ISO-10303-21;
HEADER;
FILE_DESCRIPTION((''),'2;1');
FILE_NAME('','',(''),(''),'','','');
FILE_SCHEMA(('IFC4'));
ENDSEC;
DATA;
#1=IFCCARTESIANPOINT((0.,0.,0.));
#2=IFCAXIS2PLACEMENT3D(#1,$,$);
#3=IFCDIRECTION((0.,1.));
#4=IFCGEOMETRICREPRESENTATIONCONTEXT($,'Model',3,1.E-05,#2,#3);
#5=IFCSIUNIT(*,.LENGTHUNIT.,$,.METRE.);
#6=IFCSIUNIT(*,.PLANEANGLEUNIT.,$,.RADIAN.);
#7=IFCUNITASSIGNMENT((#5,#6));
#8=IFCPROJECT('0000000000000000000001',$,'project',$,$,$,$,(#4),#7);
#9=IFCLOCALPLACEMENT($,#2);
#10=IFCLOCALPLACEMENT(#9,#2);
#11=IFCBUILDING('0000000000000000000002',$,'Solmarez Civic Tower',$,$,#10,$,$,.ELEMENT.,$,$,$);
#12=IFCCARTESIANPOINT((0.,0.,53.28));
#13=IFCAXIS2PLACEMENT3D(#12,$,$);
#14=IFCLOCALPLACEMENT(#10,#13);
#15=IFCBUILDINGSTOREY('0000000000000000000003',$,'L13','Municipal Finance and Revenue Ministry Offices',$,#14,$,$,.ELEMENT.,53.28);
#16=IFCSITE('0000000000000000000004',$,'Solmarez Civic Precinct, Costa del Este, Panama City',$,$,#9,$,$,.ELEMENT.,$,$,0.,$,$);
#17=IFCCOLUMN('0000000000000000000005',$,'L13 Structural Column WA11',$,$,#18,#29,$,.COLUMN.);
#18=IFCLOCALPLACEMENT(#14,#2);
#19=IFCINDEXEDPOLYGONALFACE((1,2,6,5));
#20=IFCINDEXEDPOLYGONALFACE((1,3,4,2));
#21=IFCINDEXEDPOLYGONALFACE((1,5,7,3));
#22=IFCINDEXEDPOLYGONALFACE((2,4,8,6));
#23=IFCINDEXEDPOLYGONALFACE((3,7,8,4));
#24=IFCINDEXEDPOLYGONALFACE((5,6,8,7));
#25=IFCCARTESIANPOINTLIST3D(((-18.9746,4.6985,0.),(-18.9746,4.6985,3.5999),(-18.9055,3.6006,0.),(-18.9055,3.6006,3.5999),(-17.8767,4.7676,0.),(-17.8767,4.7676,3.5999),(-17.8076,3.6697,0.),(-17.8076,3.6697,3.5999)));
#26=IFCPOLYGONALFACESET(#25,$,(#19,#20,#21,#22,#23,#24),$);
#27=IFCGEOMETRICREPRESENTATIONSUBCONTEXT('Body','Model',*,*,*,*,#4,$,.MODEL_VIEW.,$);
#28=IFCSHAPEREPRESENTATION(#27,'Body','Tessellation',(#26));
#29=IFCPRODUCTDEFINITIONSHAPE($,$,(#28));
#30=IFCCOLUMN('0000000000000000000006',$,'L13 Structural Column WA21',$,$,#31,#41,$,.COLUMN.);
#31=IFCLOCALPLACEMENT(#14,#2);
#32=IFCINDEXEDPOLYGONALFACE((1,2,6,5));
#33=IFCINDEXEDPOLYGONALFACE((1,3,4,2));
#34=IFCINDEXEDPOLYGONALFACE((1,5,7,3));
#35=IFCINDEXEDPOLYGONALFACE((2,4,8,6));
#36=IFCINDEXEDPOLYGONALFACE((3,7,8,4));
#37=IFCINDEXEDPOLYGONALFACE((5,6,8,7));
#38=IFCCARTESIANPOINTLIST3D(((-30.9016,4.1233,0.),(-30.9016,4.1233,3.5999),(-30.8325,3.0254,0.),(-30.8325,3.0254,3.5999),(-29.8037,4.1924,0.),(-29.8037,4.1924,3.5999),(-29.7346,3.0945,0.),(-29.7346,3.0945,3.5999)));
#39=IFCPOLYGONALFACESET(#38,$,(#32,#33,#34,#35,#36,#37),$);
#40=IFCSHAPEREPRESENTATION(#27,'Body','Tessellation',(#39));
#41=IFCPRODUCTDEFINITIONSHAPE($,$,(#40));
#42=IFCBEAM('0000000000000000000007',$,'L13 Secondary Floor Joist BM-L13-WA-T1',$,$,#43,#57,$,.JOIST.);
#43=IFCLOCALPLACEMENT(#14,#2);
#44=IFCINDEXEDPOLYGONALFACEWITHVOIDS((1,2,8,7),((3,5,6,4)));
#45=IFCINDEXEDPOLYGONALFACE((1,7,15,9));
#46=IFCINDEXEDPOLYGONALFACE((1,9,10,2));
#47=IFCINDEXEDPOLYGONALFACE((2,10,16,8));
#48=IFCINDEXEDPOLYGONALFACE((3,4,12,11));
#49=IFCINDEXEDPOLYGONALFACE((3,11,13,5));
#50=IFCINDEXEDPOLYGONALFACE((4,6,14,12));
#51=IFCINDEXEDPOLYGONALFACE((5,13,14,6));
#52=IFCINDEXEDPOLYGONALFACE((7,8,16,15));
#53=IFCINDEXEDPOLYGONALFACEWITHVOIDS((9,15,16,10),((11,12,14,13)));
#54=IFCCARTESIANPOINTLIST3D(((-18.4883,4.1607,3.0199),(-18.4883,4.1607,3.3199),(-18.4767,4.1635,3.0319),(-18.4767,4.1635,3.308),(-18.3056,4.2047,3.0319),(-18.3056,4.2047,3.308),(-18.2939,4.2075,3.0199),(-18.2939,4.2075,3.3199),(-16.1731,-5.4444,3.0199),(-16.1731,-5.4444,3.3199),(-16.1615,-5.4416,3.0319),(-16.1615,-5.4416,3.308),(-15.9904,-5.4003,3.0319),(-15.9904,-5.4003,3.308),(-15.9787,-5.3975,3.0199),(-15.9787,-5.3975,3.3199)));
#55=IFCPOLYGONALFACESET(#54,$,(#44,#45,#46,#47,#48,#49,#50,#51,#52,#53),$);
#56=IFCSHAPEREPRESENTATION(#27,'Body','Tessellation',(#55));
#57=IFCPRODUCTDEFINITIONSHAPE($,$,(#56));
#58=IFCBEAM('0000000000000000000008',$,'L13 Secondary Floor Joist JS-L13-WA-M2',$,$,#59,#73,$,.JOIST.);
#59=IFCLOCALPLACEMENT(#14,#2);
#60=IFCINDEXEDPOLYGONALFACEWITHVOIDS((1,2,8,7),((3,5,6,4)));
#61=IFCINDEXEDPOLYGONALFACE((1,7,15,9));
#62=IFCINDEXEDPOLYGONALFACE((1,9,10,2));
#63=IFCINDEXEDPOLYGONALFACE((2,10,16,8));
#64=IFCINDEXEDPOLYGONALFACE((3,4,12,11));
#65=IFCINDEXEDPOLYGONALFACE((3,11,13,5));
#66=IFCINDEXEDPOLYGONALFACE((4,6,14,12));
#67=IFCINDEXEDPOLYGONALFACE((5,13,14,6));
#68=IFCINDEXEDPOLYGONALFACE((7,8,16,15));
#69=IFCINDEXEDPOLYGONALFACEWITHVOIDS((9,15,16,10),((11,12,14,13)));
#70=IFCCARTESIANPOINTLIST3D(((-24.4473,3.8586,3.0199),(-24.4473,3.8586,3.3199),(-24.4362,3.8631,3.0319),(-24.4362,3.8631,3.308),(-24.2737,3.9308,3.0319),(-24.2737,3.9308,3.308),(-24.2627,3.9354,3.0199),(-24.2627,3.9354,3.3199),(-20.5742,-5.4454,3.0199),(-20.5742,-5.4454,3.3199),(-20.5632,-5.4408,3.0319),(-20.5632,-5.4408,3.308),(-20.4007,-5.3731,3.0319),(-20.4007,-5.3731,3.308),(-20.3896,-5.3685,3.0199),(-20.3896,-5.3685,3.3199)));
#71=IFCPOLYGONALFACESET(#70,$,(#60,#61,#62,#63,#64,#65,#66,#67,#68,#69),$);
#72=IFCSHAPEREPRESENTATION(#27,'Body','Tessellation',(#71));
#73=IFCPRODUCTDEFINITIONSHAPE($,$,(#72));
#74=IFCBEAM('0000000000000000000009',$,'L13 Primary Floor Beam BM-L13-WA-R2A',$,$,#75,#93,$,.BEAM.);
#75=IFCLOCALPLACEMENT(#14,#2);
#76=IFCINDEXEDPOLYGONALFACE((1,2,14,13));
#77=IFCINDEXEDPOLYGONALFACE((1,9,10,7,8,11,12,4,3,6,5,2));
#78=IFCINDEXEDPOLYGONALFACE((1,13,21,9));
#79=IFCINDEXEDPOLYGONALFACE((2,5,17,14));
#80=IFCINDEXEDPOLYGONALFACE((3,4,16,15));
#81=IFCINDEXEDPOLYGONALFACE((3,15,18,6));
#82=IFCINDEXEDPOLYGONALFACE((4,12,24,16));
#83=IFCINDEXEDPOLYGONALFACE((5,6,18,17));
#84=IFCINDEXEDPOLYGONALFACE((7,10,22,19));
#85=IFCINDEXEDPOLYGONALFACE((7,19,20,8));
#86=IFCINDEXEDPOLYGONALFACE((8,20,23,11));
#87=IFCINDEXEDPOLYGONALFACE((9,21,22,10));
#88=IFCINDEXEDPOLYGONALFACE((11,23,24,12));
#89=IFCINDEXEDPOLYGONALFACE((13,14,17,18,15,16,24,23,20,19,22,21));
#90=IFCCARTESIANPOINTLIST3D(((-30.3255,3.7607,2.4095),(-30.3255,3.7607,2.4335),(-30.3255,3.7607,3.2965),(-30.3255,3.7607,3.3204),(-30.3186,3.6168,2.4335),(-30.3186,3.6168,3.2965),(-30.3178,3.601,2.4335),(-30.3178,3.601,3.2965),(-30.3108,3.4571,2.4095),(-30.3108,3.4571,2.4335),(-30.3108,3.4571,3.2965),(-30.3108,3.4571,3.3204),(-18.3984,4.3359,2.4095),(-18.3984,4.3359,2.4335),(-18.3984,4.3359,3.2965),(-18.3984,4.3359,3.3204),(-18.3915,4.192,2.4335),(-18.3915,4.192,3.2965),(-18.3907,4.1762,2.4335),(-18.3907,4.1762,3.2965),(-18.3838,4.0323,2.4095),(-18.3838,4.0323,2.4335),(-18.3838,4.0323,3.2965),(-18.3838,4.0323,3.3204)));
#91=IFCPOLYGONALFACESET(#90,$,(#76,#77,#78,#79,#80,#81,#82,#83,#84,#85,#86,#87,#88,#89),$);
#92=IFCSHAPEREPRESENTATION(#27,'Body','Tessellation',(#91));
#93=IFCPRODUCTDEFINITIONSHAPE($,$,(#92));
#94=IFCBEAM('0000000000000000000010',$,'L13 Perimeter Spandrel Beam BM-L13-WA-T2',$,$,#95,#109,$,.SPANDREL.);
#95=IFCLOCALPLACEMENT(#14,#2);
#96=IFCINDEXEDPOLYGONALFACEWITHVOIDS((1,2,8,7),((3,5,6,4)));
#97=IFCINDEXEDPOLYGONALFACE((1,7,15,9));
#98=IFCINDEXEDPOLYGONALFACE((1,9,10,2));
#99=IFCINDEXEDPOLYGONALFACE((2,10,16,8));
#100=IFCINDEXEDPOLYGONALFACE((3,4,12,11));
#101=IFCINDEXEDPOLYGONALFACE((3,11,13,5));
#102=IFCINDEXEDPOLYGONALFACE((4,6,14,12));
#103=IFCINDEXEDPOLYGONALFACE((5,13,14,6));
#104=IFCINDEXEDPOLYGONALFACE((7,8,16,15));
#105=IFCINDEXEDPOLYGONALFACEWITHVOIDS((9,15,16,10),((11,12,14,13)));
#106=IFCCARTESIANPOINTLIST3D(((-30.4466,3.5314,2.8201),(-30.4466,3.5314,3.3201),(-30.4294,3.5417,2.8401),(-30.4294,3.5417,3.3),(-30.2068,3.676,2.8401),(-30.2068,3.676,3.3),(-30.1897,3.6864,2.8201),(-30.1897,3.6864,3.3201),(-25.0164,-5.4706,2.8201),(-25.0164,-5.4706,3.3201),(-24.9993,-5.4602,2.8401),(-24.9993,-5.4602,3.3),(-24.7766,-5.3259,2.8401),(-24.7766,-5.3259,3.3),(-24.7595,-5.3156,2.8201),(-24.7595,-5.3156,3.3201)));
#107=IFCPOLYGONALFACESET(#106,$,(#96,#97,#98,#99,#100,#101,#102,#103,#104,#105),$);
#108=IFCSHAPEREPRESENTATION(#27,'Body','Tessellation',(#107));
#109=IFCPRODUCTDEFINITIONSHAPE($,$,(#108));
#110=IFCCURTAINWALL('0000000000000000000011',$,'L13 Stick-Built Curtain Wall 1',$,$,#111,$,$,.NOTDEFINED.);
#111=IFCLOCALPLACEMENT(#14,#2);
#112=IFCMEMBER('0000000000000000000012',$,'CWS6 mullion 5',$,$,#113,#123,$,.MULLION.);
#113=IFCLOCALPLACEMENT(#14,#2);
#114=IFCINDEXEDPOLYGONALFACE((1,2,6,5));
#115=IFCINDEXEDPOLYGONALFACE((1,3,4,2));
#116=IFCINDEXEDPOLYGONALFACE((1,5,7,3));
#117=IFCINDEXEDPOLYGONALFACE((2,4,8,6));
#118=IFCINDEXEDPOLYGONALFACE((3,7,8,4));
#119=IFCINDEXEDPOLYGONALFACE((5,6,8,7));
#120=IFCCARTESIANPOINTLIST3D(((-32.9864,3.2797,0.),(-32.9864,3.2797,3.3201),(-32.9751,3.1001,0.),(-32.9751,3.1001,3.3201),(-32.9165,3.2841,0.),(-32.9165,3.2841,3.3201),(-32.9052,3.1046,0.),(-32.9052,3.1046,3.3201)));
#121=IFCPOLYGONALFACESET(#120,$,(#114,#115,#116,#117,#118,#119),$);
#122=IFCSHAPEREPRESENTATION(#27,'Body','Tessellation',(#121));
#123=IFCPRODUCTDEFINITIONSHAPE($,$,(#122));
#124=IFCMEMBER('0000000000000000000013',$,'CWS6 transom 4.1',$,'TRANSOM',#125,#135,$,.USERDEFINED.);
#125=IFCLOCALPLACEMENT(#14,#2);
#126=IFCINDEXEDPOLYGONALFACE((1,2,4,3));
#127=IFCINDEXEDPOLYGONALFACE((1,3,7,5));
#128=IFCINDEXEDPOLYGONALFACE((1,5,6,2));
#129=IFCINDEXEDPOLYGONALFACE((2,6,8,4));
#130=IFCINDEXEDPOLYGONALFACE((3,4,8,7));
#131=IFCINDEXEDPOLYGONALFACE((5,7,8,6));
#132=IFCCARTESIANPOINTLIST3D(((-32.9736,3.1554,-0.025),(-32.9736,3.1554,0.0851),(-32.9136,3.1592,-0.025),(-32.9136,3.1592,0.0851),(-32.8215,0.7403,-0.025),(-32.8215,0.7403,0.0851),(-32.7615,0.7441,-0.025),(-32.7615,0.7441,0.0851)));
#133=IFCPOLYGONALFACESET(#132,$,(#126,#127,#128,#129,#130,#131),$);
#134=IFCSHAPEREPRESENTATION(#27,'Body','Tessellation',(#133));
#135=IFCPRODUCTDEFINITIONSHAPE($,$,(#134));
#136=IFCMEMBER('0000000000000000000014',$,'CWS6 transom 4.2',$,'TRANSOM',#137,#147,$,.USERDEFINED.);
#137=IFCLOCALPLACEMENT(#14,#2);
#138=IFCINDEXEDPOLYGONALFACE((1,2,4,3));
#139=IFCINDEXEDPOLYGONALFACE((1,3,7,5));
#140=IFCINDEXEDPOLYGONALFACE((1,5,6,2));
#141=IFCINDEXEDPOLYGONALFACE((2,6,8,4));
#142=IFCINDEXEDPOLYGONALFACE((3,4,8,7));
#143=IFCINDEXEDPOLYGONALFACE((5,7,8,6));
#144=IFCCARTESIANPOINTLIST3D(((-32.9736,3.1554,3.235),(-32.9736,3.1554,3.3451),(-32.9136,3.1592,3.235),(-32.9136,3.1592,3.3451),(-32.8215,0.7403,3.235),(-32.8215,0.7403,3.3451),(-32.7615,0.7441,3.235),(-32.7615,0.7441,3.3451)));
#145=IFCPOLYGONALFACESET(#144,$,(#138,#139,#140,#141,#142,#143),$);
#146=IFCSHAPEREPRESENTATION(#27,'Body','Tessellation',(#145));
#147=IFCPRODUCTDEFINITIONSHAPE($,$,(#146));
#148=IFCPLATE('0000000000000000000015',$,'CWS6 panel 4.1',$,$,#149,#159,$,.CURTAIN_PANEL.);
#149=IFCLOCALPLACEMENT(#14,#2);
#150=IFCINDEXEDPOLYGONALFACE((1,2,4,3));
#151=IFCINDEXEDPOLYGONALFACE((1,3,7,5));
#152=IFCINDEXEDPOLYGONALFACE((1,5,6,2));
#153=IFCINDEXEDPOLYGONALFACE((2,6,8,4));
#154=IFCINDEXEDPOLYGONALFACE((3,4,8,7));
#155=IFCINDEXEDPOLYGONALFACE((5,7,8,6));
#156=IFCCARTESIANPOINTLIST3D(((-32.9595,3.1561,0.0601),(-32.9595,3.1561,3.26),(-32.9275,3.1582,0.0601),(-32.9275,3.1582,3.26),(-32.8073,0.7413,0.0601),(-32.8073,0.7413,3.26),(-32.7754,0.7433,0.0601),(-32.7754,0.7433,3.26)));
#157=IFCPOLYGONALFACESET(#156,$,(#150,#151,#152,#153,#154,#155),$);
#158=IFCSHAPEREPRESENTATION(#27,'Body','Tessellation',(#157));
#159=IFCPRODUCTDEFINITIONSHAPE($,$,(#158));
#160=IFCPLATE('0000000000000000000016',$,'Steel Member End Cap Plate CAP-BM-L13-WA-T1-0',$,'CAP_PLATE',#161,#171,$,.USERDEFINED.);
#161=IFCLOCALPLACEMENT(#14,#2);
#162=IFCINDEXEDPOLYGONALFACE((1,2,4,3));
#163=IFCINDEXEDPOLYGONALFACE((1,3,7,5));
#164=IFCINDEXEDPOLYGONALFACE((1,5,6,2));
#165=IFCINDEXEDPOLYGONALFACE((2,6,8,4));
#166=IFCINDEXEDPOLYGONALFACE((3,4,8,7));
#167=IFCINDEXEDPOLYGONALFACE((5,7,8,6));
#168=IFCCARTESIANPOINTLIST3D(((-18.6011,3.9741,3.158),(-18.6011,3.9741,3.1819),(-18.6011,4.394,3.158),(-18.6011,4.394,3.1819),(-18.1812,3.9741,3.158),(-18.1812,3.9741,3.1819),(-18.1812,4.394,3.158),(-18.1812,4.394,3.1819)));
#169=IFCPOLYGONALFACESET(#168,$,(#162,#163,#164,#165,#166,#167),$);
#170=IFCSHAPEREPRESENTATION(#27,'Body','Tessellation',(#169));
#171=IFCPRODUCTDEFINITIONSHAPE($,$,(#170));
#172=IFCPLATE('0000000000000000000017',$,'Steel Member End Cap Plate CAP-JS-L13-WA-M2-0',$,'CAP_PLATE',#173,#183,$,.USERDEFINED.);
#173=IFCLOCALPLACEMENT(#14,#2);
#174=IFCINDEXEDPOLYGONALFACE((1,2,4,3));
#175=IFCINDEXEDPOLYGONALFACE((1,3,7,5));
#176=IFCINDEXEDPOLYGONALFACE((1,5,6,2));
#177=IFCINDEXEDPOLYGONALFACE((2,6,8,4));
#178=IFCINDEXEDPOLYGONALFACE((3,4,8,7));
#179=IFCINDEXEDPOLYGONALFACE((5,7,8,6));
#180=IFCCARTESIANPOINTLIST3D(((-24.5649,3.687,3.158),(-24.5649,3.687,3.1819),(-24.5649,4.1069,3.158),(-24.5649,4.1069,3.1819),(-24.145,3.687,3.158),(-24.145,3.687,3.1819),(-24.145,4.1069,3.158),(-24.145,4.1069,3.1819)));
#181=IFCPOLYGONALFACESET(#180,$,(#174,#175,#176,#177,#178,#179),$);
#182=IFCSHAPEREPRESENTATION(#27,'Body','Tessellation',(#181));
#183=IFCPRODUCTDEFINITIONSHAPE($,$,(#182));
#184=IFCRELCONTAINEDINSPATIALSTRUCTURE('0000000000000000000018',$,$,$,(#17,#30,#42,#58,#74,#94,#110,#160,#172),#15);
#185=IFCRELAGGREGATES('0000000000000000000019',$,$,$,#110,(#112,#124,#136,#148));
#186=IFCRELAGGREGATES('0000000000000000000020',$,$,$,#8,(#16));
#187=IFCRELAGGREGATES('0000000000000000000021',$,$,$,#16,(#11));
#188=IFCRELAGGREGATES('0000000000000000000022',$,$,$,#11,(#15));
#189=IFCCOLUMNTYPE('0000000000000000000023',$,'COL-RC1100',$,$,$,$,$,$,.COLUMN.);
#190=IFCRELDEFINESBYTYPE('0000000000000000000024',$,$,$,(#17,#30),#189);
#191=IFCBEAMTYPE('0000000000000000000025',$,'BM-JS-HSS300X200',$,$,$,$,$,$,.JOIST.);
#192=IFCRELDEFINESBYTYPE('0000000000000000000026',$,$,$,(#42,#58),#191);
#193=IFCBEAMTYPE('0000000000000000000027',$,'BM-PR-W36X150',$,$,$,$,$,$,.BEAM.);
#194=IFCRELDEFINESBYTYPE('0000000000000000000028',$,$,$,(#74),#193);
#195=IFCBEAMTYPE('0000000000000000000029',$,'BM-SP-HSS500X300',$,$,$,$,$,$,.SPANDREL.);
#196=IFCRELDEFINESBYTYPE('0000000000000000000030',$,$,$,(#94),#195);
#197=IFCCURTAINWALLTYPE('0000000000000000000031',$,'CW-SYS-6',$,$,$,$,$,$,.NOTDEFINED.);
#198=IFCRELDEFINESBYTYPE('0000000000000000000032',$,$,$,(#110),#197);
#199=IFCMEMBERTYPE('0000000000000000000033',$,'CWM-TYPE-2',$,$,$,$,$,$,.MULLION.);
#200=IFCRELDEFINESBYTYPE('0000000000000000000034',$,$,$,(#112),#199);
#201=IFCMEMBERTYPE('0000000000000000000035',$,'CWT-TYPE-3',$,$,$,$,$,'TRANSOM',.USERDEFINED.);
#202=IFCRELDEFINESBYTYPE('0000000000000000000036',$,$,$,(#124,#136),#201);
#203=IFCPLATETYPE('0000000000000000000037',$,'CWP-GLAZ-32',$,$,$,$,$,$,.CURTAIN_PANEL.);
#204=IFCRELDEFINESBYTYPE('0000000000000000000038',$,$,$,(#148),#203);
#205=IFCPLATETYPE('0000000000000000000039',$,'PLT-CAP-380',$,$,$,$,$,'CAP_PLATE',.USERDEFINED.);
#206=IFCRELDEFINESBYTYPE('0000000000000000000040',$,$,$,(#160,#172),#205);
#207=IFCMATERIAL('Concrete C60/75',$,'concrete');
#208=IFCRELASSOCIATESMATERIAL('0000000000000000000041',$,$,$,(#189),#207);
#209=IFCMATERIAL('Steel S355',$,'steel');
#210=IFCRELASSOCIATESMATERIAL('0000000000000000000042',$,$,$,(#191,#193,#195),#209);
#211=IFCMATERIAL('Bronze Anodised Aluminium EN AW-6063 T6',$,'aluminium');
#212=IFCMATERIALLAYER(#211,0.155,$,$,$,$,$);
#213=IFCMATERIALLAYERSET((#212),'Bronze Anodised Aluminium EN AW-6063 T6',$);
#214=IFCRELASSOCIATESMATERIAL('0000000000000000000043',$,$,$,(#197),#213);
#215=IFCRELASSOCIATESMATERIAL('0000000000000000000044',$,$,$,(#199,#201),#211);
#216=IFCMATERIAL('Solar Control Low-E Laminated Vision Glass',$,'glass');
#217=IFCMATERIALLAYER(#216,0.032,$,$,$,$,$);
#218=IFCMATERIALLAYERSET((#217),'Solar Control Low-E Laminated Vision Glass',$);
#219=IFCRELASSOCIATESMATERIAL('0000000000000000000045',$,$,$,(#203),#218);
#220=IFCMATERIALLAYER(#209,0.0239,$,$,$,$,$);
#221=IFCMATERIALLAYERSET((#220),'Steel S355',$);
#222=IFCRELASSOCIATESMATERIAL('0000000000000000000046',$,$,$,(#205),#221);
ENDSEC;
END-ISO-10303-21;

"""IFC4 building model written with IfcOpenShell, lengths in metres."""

from ifc_helpers import new_model, si_unit, direction, frame, origin, origin_2d, place, context, subcontext, project, spatial, rectangle, hollow_rectangle, i_section, extrude, material, layer, layer_set, material_profile, profile_set, type_object, element, aggregate, save


model = new_model("IFC4")

# Units and contexts
model_context = context("Model", 3, precision=1e-05, world=origin(), true_north=direction((0.0, 1.0)))
body_context = subcontext(model_context, "Body", "Model", "MODEL_VIEW")
ifc_project = project(units=[si_unit("LENGTHUNIT", "METRE"), si_unit("PLANEANGLEUNIT", "RADIAN")], contexts=[model_context])

# Site, building, storey
site_placement = place(None, origin())
site = spatial("IfcSite", under=ifc_project, at=site_placement, Name="Solmarez Civic Precinct, Costa del Este, Panama City", CompositionType="ELEMENT", RefElevation=0.0)
building_placement = place(site_placement, origin())
building = spatial("IfcBuilding", under=site, at=building_placement, Name="Solmarez Civic Tower", CompositionType="ELEMENT")
storey_placement = place(building_placement, frame((0.0, 0.0, 53.28)))
storey = spatial("IfcBuildingStorey", under=building, at=storey_placement, Name="L13", Description="Municipal Finance and Revenue Ministry Offices", CompositionType="ELEMENT", Elevation=53.28)

# Columns
ifc_material_1 = material(Name="Concrete C60/75", Category="concrete")
ifc_material_profile_1 = material_profile(ifc_material_1, rectangle(XDim=1.1001, YDim=1.1001, at=origin_2d()), Name="RC1100X1100")
ifc_profile_set_1 = profile_set([ifc_material_profile_1], Name="Concrete C60/75")
column_type = type_object("IfcColumnType", Name="COL-RC1100", PredefinedType="COLUMN", material=ifc_profile_set_1)
for number, where, z_axis, x_axis, name in (
    (1, (-18.3911, 4.1841, 0.0), (0.0, 0.0, 1.0), (0.998027, 0.062791, 0.0), "L13 Structural Column WA11"),
    (2, (-30.3181, 3.6089, 0.0), (0.0, 0.0, 1.0), (0.998027, 0.062791, 0.0), "L13 Structural Column WA21"),
):
    element("IfcColumn", number, at=place(storey_placement, frame(where, z_axis=z_axis, x_axis=x_axis)), inside=storey, type_object=column_type, Name=name, PredefinedType="COLUMN", context=body_context, shape_type="SweptSolid", body=[
        extrude(rectangle(XDim=1.1001, YDim=1.1001, at=origin_2d()), origin(), (0.0, 0.0, 1.0), 3.5999),
    ])

# Beams
ifc_material_2 = material(Name="Steel S355", Category="steel")
ifc_material_profile_2 = material_profile(ifc_material_2, hollow_rectangle(XDim=0.2, YDim=0.3, WallThickness=0.012, at=origin_2d()), Name="HSS300X200X12")
ifc_profile_set_2 = profile_set([ifc_material_profile_2], Name="Steel S355")
beam_type_1 = type_object("IfcBeamType", Name="BM-JS-HSS300X200", PredefinedType="JOIST", material=ifc_profile_set_2)
beam_1_placement = place(storey_placement, frame((-18.3911, 4.1841, 3.1699), z_axis=(0.234329, -0.972157, 0.0), x_axis=(0.972157, 0.234329, 0.0)))
element("IfcBeam", 3, at=beam_1_placement, inside=storey, type_object=beam_type_1, Name="L13 Secondary Floor Joist BM-L13-WA-T1", PredefinedType="JOIST", context=body_context, shape_type="SweptSolid", body=[
    extrude(hollow_rectangle(XDim=0.2, YDim=0.3, WallThickness=0.012, at=origin_2d()), origin(), (0.0, 0.0, 1.0), 9.8801),
])
beam_2_placement = place(storey_placement, frame((-24.355, 3.897, 3.1699), z_axis=(0.384311, -0.923204, 0.0), x_axis=(0.923204, 0.384311, 0.0)))
element("IfcBeam", 4, at=beam_2_placement, inside=storey, type_object=beam_type_1, Name="L13 Secondary Floor Joist JS-L13-WA-M2", PredefinedType="JOIST", context=body_context, shape_type="SweptSolid", body=[
    extrude(hollow_rectangle(XDim=0.2, YDim=0.3, WallThickness=0.012, at=origin_2d()), origin(), (0.0, 0.0, 1.0), 10.0779),
])
ifc_material_profile_3 = material_profile(ifc_material_2, i_section(OverallWidth=0.304, OverallDepth=0.9109, WebThickness=0.0159, FlangeThickness=0.0239, at=origin_2d()), Name="W36X150")
ifc_profile_set_3 = profile_set([ifc_material_profile_3], Name="Steel S355")
beam_type_2 = type_object("IfcBeamType", Name="BM-PR-W36X150", PredefinedType="BEAM", material=ifc_profile_set_3)
beam_3_placement = place(storey_placement, frame((-18.3911, 4.1841, 2.865), z_axis=(-0.998839, -0.04817, 0.0), x_axis=(0.04817, -0.998839, 0.0)))
element("IfcBeam", 5, at=beam_3_placement, inside=storey, type_object=beam_type_2, Name="L13 Primary Floor Beam BM-L13-WA-R2A", PredefinedType="BEAM", context=body_context, shape_type="SweptSolid", body=[
    extrude(i_section(OverallWidth=0.304, OverallDepth=0.9109, WebThickness=0.0159, FlangeThickness=0.0239, at=origin_2d()), origin(), (0.0, 0.0, 1.0), 11.9409),
])
ifc_material_profile_4 = material_profile(ifc_material_2, hollow_rectangle(XDim=0.3, YDim=0.5, WallThickness=0.02, at=origin_2d()), Name="HSS500X300X20")
ifc_profile_set_4 = profile_set([ifc_material_profile_4], Name="Steel S355")
beam_type_3 = type_object("IfcBeamType", Name="BM-SP-HSS500X300", PredefinedType="SPANDREL", material=ifc_profile_set_4)
beam_4_placement = place(storey_placement, frame((-30.3181, 3.6089, 3.0701), z_axis=(0.516523, -0.856273, 0.0), x_axis=(0.856273, 0.516523, 0.0)))
element("IfcBeam", 6, at=beam_4_placement, inside=storey, type_object=beam_type_3, Name="L13 Perimeter Spandrel Beam BM-L13-WA-T2", PredefinedType="SPANDREL", context=body_context, shape_type="SweptSolid", body=[
    extrude(hollow_rectangle(XDim=0.3, YDim=0.5, WallThickness=0.02, at=origin_2d()), origin(), (0.0, 0.0, 1.0), 10.5129),
])

# Curtain wall, members, plate
ifc_material_3 = material(Name="Bronze Anodised Aluminium EN AW-6063 T6", Category="aluminium")
ifc_layer_1 = layer(ifc_material_3, 0.155)
ifc_layer_set_1 = layer_set([ifc_layer_1], Name="Bronze Anodised Aluminium EN AW-6063 T6")
curtain_wall_type = type_object("IfcCurtainWallType", Name="CW-SYS-6", PredefinedType="NOTDEFINED", material=ifc_layer_set_1)
curtain_wall_placement = place(storey_placement, origin())
curtain_wall = element("IfcCurtainWall", 7, at=curtain_wall_placement, inside=storey, type_object=curtain_wall_type, Name="L13 Stick-Built Curtain Wall 1", PredefinedType="NOTDEFINED")
ifc_material_profile_5 = material_profile(ifc_material_3, rectangle(XDim=0.0701, YDim=0.1799, at=origin_2d()), Name="CWM-70X180")
ifc_profile_set_5 = profile_set([ifc_material_profile_5], Name="Bronze Anodised Aluminium EN AW-6063 T6")
member_type_1 = type_object("IfcMemberType", Name="CWM-TYPE-2", PredefinedType="MULLION", material=ifc_profile_set_5)
member_1_placement = place(storey_placement, frame((-32.9458, 3.1921, 0.0), z_axis=(0.0, 0.0, 1.0), x_axis=(-0.998021, -0.062878, 0.0)))
member_1 = element("IfcMember", 8, at=member_1_placement, type_object=member_type_1, Name="CWS6 mullion 5", PredefinedType="MULLION", context=body_context, shape_type="SweptSolid", body=[
    extrude(rectangle(XDim=0.0701, YDim=0.1799, at=origin_2d()), origin(), (0.0, 0.0, 1.0), 3.3201),
])
ifc_material_profile_6 = material_profile(ifc_material_3, rectangle(XDim=0.0601, YDim=0.1101, at=origin_2d()), Name="CWT-60X110")
ifc_profile_set_6 = profile_set([ifc_material_profile_6], Name="Bronze Anodised Aluminium EN AW-6063 T6")
member_type_2 = type_object("IfcMemberType", Name="CWT-TYPE-3", ElementType="TRANSOM", PredefinedType="USERDEFINED", material=ifc_profile_set_6)
member_2_placement = place(storey_placement, frame((-32.7915, 0.7422, 0.03), z_axis=(-0.062856, 0.998023, 0.0), x_axis=(-0.998023, -0.062856, 0.0)))
member_2 = element("IfcMember", 9, at=member_2_placement, type_object=member_type_2, Name="CWS6 transom 4.1", ObjectType="TRANSOM", PredefinedType="USERDEFINED", context=body_context, shape_type="SweptSolid", body=[
    extrude(rectangle(XDim=0.0601, YDim=0.1101, at=origin_2d()), origin(), (0.0, 0.0, 1.0), 2.4199),
])
member_3_placement = place(storey_placement, frame((-32.7915, 0.7422, 3.29), z_axis=(-0.062856, 0.998023, 0.0), x_axis=(-0.998023, -0.062856, 0.0)))
member_3 = element("IfcMember", 10, at=member_3_placement, type_object=member_type_2, Name="CWS6 transom 4.2", ObjectType="TRANSOM", PredefinedType="USERDEFINED", context=body_context, shape_type="SweptSolid", body=[
    extrude(rectangle(XDim=0.0601, YDim=0.1101, at=origin_2d()), origin(), (0.0, 0.0, 1.0), 2.4199),
])
ifc_material_4 = material(Name="Solar Control Low-E Laminated Vision Glass", Category="glass")
ifc_layer_2 = layer(ifc_material_4, 0.032)
ifc_layer_set_2 = layer_set([ifc_layer_2], Name="Solar Control Low-E Laminated Vision Glass")
plate_type_1 = type_object("IfcPlateType", Name="CWP-GLAZ-32", PredefinedType="CURTAIN_PANEL", material=ifc_layer_set_2)
plate_1_placement = place(storey_placement, frame((-32.8674, 1.9497, 0.0601), z_axis=(0.0, 0.0, 1.0), x_axis=(-0.062878, 0.998021, 0.0)))
plate_1 = element("IfcPlate", 11, at=plate_1_placement, type_object=plate_type_1, Name="CWS6 panel 4.1", PredefinedType="CURTAIN_PANEL", context=body_context, shape_type="SweptSolid", body=[
    extrude(rectangle(XDim=2.4197, YDim=0.032, at=origin_2d()), origin(), (0.0, 0.0, 1.0), 3.2),
])
aggregate(curtain_wall, [member_1, member_2, member_3, plate_1])

# Plates
ifc_layer_3 = layer(ifc_material_2, 0.0239)
ifc_layer_set_3 = layer_set([ifc_layer_3], Name="Steel S355")
plate_type_2 = type_object("IfcPlateType", Name="PLT-CAP-380", ElementType="CAP_PLATE", PredefinedType="USERDEFINED", material=ifc_layer_set_3)
for number, where, z_axis, x_axis, name in (
    (12, (-18.3911, 4.1841, 3.158), (0.0, 0.0, 1.0), (1.0, 0.0, 0.0), "Steel Member End Cap Plate CAP-BM-L13-WA-T1-0"),
    (13, (-24.355, 3.897, 3.158), (0.0, 0.0, 1.0), (1.0, 0.0, 0.0), "Steel Member End Cap Plate CAP-JS-L13-WA-M2-0"),
):
    element("IfcPlate", number, at=place(storey_placement, frame(where, z_axis=z_axis, x_axis=x_axis)), inside=storey, type_object=plate_type_2, Name=name, ObjectType="CAP_PLATE", PredefinedType="USERDEFINED", context=body_context, shape_type="SweptSolid", body=[
        extrude(rectangle(XDim=0.4199, YDim=0.4199, at=origin_2d()), origin(), (0.0, 0.0, 1.0), 0.0239),
    ])

save(model, "model.ifc")
